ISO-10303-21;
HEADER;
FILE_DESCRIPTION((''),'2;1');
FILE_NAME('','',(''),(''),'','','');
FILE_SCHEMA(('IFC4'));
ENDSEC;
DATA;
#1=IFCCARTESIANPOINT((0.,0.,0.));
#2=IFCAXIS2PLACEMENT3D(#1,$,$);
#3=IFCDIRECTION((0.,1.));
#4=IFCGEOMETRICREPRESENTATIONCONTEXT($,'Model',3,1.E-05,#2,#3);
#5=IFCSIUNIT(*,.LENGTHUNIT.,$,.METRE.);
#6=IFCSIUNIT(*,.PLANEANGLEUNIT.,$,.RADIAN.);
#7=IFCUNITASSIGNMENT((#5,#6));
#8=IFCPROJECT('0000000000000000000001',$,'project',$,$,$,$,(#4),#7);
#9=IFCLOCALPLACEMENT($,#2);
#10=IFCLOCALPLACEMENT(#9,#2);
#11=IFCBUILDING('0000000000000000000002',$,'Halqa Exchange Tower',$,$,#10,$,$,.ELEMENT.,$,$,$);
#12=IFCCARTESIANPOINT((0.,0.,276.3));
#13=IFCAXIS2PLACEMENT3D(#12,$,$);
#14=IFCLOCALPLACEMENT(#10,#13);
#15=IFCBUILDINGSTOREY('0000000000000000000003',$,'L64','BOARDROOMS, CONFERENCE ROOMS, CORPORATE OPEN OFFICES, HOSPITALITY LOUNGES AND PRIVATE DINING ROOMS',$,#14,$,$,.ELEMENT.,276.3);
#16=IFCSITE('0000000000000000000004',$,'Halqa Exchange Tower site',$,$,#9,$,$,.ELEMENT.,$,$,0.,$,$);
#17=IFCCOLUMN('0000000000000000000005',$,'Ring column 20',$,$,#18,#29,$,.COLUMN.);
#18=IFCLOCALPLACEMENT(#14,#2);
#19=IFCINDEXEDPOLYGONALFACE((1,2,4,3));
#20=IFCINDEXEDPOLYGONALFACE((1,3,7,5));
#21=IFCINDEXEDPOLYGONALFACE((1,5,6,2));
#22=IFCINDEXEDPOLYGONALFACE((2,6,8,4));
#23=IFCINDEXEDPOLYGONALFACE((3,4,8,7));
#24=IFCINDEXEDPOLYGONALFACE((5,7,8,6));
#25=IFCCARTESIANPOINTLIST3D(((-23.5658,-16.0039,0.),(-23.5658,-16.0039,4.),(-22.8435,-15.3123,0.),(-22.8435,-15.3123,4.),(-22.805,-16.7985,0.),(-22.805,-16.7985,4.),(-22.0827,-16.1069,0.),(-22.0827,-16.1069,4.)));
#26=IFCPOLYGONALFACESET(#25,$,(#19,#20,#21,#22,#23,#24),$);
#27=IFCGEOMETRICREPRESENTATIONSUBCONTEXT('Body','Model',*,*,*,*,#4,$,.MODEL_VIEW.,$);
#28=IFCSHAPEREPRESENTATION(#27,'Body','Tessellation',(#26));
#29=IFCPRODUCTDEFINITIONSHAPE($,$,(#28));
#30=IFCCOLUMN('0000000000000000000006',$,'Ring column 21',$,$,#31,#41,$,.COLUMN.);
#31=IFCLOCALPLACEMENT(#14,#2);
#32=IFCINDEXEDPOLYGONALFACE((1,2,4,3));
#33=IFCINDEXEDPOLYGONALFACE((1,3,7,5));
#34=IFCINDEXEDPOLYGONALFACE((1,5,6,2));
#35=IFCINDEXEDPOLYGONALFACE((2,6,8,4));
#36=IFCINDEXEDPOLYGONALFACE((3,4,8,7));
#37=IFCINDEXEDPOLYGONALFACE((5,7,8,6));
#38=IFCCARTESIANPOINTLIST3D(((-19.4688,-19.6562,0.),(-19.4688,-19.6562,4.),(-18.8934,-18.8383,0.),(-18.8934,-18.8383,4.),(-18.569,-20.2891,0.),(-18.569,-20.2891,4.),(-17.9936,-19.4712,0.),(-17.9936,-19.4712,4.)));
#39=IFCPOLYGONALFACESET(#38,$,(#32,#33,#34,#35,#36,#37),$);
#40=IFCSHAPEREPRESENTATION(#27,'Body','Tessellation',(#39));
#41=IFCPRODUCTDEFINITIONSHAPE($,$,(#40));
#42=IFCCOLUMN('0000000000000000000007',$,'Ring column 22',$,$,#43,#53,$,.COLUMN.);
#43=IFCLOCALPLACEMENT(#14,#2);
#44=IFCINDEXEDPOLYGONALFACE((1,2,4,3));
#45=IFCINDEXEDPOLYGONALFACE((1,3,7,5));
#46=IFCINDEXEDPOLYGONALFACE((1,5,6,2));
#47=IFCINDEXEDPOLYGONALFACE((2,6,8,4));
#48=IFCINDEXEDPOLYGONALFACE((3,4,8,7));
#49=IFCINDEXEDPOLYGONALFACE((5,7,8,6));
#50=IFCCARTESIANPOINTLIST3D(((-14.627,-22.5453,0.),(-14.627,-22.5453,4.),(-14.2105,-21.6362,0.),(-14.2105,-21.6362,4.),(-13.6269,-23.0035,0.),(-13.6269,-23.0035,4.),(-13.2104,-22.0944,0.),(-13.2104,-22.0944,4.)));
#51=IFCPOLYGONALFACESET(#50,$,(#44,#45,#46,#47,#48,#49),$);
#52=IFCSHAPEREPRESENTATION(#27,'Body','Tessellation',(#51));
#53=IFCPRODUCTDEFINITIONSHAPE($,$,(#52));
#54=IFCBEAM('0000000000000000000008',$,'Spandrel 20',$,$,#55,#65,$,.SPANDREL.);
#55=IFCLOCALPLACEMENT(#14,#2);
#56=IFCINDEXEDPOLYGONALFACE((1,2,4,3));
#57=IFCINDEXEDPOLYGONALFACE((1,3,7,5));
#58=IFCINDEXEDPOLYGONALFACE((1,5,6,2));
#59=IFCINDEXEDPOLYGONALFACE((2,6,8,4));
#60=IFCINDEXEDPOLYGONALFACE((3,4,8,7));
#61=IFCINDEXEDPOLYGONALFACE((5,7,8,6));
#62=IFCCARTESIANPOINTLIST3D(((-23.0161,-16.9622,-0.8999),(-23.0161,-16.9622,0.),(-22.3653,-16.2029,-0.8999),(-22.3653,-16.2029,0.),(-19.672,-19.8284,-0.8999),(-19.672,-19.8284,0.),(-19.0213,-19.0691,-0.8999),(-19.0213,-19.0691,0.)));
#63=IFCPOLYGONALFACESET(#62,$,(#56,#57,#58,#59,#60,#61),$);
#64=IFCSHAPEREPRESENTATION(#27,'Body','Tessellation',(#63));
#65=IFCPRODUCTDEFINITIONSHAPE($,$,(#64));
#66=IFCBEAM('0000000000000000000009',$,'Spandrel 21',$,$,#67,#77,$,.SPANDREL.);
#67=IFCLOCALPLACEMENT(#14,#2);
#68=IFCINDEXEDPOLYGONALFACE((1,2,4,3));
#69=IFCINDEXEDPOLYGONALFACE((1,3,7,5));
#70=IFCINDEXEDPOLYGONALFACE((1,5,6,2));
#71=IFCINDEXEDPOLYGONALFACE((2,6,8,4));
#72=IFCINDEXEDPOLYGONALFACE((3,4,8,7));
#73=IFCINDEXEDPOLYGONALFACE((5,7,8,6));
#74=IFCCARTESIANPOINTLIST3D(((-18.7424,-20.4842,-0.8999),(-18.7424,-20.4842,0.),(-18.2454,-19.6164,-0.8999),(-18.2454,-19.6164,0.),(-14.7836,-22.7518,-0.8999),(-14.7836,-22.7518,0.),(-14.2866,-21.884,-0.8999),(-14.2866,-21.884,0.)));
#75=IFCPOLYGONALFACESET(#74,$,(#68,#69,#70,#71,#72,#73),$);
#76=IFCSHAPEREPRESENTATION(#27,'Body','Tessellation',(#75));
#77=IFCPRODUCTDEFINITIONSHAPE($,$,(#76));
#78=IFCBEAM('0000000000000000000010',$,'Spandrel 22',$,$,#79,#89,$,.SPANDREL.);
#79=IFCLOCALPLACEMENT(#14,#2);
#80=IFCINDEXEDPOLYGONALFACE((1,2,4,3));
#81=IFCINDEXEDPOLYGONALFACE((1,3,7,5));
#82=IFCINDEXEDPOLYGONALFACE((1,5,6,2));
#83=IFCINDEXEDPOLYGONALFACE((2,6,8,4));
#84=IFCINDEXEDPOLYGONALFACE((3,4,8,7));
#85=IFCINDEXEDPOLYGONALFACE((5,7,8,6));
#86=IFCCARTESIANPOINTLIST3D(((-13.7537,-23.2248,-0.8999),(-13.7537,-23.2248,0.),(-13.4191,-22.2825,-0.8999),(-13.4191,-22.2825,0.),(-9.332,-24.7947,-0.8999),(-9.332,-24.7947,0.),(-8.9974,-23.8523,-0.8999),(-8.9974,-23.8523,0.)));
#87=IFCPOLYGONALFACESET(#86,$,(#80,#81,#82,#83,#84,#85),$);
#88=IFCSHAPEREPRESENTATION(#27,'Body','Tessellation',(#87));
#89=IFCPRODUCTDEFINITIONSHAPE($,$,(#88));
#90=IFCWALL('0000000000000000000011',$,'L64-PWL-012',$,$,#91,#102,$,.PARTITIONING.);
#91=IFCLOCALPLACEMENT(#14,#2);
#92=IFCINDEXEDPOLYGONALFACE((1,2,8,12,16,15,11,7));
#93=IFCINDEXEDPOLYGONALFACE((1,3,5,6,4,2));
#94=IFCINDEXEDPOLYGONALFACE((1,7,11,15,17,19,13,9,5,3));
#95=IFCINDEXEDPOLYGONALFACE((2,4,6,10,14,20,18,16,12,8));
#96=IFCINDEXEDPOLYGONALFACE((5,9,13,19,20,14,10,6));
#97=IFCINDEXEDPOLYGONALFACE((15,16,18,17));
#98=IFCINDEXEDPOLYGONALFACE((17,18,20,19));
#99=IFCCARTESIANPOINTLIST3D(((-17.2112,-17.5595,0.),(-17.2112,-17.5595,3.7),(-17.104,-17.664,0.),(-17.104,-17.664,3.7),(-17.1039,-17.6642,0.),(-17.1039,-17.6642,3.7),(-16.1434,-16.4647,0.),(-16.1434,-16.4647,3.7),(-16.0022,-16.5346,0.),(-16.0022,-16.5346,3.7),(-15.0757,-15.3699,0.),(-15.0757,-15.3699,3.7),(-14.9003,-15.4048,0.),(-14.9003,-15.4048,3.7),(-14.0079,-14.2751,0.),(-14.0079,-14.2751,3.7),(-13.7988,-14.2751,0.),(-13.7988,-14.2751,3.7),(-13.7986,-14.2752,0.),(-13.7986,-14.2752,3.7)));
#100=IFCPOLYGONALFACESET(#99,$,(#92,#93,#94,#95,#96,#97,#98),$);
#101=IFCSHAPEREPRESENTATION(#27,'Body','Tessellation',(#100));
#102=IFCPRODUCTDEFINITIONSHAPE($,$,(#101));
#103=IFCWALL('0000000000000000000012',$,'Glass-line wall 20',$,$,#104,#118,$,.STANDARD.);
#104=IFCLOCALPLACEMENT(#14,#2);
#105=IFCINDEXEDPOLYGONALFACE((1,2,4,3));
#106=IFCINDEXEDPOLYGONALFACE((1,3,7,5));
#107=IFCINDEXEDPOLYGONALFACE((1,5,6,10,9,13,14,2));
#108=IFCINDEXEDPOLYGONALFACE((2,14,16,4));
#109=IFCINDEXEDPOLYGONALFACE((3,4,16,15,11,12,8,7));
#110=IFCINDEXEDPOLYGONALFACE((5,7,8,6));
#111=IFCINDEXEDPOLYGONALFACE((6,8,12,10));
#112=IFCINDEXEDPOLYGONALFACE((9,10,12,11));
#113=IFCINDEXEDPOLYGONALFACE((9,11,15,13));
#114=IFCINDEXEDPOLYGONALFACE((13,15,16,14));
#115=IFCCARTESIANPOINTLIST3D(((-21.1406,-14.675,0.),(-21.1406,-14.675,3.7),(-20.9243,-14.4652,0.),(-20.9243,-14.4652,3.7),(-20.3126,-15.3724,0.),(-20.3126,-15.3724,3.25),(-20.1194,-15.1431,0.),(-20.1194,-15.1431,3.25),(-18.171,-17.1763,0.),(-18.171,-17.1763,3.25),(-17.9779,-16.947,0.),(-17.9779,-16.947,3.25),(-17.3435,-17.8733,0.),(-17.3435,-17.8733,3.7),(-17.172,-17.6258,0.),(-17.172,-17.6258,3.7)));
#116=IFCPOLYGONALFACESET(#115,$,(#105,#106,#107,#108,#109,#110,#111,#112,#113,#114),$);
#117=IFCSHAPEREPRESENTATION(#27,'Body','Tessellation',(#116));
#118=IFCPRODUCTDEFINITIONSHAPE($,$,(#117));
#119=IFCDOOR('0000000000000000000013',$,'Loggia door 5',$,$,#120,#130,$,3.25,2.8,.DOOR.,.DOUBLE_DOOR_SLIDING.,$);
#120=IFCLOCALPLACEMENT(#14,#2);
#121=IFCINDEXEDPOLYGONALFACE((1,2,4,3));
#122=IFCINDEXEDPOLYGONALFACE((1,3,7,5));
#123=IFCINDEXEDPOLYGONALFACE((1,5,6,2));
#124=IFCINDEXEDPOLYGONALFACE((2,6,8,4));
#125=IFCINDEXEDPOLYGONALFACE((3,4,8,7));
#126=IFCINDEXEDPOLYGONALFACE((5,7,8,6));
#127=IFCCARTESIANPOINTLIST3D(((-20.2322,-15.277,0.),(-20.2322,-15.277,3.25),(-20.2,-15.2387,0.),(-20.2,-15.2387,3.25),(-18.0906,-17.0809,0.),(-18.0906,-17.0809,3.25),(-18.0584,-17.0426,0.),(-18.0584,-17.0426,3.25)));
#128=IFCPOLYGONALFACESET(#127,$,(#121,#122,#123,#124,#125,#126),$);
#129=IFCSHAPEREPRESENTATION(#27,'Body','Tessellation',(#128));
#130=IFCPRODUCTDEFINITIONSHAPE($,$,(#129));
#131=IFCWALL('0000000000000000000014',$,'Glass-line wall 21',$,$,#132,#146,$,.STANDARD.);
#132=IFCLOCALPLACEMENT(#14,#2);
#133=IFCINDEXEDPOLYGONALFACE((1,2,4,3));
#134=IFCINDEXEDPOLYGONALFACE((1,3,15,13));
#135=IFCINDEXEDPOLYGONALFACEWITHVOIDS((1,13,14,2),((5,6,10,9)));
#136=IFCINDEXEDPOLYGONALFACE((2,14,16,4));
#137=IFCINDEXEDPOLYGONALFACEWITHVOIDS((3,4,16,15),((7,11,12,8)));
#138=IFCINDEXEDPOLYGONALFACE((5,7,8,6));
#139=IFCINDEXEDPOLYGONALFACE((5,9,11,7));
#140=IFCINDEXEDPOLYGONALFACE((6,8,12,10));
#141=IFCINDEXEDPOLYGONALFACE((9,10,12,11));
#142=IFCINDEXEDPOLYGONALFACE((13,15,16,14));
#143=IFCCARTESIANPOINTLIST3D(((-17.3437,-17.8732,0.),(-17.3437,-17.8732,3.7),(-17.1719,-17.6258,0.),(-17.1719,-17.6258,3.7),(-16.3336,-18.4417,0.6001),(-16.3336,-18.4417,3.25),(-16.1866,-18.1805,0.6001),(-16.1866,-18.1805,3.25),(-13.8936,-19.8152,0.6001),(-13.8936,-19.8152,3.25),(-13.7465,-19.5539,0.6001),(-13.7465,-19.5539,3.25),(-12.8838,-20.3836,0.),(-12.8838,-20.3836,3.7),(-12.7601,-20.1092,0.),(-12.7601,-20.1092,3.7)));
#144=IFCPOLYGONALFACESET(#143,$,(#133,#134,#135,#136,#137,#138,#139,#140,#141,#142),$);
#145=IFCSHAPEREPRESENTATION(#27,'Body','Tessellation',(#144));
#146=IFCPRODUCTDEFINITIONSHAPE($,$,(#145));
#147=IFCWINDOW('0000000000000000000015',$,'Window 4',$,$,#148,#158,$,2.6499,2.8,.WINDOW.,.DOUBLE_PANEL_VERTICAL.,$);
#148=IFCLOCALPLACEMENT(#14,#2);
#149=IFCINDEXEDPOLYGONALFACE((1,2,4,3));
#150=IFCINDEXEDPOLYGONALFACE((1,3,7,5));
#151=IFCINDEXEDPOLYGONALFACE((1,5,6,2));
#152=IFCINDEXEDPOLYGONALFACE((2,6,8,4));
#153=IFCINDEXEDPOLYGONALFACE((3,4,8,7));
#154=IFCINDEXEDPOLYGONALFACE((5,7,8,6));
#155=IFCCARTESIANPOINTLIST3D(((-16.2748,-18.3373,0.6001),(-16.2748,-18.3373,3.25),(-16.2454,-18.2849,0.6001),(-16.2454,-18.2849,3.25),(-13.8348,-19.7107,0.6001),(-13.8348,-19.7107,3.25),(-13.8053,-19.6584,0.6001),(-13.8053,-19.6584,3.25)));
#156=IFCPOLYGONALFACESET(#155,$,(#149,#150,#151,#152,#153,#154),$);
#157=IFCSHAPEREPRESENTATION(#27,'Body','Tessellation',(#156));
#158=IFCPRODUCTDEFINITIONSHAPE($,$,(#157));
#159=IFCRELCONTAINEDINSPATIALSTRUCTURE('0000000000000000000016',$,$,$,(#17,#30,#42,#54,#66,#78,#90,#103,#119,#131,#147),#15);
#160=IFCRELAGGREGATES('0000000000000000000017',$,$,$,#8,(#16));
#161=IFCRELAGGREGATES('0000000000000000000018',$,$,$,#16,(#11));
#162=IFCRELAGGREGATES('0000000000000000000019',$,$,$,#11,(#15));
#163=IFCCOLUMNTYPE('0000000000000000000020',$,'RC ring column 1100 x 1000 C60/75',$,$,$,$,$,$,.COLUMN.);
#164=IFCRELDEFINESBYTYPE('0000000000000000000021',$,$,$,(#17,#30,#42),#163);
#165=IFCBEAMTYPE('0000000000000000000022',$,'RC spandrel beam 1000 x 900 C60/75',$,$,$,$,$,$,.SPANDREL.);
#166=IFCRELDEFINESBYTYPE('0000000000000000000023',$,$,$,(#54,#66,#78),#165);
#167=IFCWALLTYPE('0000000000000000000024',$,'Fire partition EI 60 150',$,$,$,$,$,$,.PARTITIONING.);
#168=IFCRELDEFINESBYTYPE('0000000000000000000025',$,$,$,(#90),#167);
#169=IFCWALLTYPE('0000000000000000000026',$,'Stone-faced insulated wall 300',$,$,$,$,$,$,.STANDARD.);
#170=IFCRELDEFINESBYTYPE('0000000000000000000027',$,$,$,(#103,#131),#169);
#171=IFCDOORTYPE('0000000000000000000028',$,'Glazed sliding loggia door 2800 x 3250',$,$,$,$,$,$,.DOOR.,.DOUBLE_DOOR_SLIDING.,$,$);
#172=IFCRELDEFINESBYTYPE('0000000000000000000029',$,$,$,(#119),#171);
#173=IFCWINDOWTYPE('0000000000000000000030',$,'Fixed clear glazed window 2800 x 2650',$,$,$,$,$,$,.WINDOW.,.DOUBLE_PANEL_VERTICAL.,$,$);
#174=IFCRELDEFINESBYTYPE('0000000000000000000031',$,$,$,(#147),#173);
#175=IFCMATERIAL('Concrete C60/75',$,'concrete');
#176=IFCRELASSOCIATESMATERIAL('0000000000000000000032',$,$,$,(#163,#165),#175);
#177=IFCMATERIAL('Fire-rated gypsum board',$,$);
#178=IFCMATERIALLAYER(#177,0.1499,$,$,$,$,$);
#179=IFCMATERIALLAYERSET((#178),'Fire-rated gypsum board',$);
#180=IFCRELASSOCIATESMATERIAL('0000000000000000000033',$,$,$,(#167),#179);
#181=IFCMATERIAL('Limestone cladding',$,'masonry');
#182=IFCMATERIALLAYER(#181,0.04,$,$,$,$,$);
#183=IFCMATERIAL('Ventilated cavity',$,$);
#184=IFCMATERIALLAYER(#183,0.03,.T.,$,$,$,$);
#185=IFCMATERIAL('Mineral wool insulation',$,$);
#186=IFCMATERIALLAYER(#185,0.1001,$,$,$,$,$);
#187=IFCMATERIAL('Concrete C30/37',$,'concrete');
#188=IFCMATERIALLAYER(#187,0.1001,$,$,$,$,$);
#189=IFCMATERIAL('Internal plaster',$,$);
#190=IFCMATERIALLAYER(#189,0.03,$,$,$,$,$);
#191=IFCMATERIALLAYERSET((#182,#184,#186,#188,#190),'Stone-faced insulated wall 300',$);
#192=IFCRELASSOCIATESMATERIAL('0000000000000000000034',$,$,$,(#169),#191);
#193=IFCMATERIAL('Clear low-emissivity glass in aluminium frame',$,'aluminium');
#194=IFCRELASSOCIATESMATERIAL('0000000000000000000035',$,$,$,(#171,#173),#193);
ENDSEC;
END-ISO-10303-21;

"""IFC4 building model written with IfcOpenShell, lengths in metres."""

from ifc_helpers import new_model, si_unit, direction, frame, frame_2d, origin, origin_2d, place, context, subcontext, project, spatial, polyline, rectangle, outline, extrude, material, layer, layer_set, material_profile, profile_set, type_object, element, fill, save


model = new_model("IFC4")

# Units and contexts
model_context = context("Model", 3, precision=1e-05, world=origin(), true_north=direction((0.0, 1.0)))
body_context = subcontext(model_context, "Body", "Model", "MODEL_VIEW")
ifc_project = project(units=[si_unit("LENGTHUNIT", "METRE"), si_unit("PLANEANGLEUNIT", "RADIAN")], contexts=[model_context])

# Site, building, storey
site_placement = place(None, origin())
site = spatial("IfcSite", under=ifc_project, at=site_placement, Name="Halqa Exchange Tower site", CompositionType="ELEMENT", RefElevation=0.0)
building_placement = place(site_placement, origin())
building = spatial("IfcBuilding", under=site, at=building_placement, Name="Halqa Exchange Tower", CompositionType="ELEMENT")
storey_placement = place(building_placement, frame((0.0, 0.0, 276.3)))
storey = spatial("IfcBuildingStorey", under=building, at=storey_placement, Name="L64", Description="BOARDROOMS, CONFERENCE ROOMS, CORPORATE OPEN OFFICES, HOSPITALITY LOUNGES AND PRIVATE DINING ROOMS", CompositionType="ELEMENT", Elevation=276.3)

# Columns
ifc_material_1 = material(Name="Concrete C60/75", Category="concrete")
ifc_material_profile_1 = material_profile(ifc_material_1, rectangle(XDim=1.1001, YDim=1.0, at=origin_2d()), Name="1100 x 1000")
ifc_profile_set_1 = profile_set([ifc_material_profile_1], Name="Concrete C60/75")
column_type = type_object("IfcColumnType", Name="RC ring column 1100 x 1000 C60/75", PredefinedType="COLUMN", material=ifc_profile_set_1)
for number, where, z_axis, x_axis, name in (
    (1, (-22.8242, -16.0554, 0.0), (0.0, 0.0, 1.0), (0.691577, -0.722302, 0.0), "Ring column 20"),
    (2, (-18.7312, -19.5637, 0.0), (0.0, 0.0, 1.0), (0.817907, -0.575351, 0.0), "Ring column 21"),
    (3, (-13.9187, -22.3198, 0.0), (0.0, 0.0, 1.0), (0.909129, -0.416514, 0.0), "Ring column 22"),
):
    element("IfcColumn", number, at=place(storey_placement, frame(where, z_axis=z_axis, x_axis=x_axis)), inside=storey, type_object=column_type, Name=name, PredefinedType="COLUMN", context=body_context, shape_type="SweptSolid", body=[
        extrude(rectangle(XDim=1.1001, YDim=1.0, at=origin_2d()), origin(), (0.0, 0.0, 1.0), 4.0),
    ])

# Beams
ifc_material_profile_2 = material_profile(ifc_material_1, rectangle(XDim=1.0, YDim=0.8999, at=origin_2d()), Name="1000 x 900")
ifc_profile_set_2 = profile_set([ifc_material_profile_2], Name="Concrete C60/75")
beam_type = type_object("IfcBeamType", Name="RC spandrel beam 1000 x 900 C60/75", PredefinedType="SPANDREL", material=ifc_profile_set_2)
beam_1_placement = place(storey_placement, frame((-22.6907, -16.5825, -0.45), z_axis=(0.759264, -0.650782, 0.0), x_axis=(0.650782, 0.759264, 0.0)))
element("IfcBeam", 4, at=beam_1_placement, inside=storey, type_object=beam_type, Name="Spandrel 20", PredefinedType="SPANDREL", context=body_context, shape_type="SweptSolid", body=[
    extrude(rectangle(XDim=1.0, YDim=0.8999, at=origin_2d()), origin(), (0.0, 0.0, 1.0), 4.4043),
])
beam_2_placement = place(storey_placement, frame((-18.4939, -20.0503, -0.45), z_axis=(0.867729, -0.497038, 0.0), x_axis=(0.497038, 0.867729, 0.0)))
element("IfcBeam", 5, at=beam_2_placement, inside=storey, type_object=beam_type, Name="Spandrel 21", PredefinedType="SPANDREL", context=body_context, shape_type="SweptSolid", body=[
    extrude(rectangle(XDim=1.0, YDim=0.8999, at=origin_2d()), origin(), (0.0, 0.0, 1.0), 4.5623),
])
beam_3_placement = place(storey_placement, frame((-13.5864, -22.7537, -0.45), z_axis=(0.94237, -0.334572, 0.0), x_axis=(0.334572, 0.94237, 0.0)))
element("IfcBeam", 6, at=beam_3_placement, inside=storey, type_object=beam_type, Name="Spandrel 22", PredefinedType="SPANDREL", context=body_context, shape_type="SweptSolid", body=[
    extrude(rectangle(XDim=1.0, YDim=0.8999, at=origin_2d()), origin(), (0.0, 0.0, 1.0), 4.6921),
])

# Shared definitions
ifc_material_2 = material(Name="Fire-rated gypsum board")
ifc_layer_1 = layer(ifc_material_2, 0.1499)
ifc_layer_set_1 = layer_set([ifc_layer_1], Name="Fire-rated gypsum board")
wall_type_1 = type_object("IfcWallType", Name="Fire partition EI 60 150", PredefinedType="PARTITIONING", material=ifc_layer_set_1)

# Wall
wall_1_placement = place(storey_placement, frame((-13.8523, -14.2229, 0.0), z_axis=(0.0, 0.0, 1.0), x_axis=(-0.698207, -0.715896, 0.0)))
element("IfcWall", 7, at=wall_1_placement, inside=storey, type_object=wall_type_1, Name="L64-PWL-012", PredefinedType="PARTITIONING", context=body_context, shape_type="SweptSolid", body=[
    extrude(outline(polyline([(4.7339, -0.075), (4.7339, 0.0747), (4.7339, 0.075), (3.156, 0.075), (1.5779, 0.075), (0.0, 0.075), (0.0, 0.0747), (0.146, -0.075), (1.6753, -0.075), (3.2046, -0.075), (4.7339, -0.075)])), origin(), (0.0, 0.0, 1.0), 3.7),
])

# Wall, opening, door
ifc_material_3 = material(Name="Limestone cladding", Category="masonry")
ifc_layer_2 = layer(ifc_material_3, 0.04)
ifc_material_4 = material(Name="Ventilated cavity")
ifc_layer_3 = layer(ifc_material_4, 0.03, ventilated=True)
ifc_material_5 = material(Name="Mineral wool insulation")
ifc_layer_4 = layer(ifc_material_5, 0.1001)
ifc_material_6 = material(Name="Concrete C30/37", Category="concrete")
ifc_layer_5 = layer(ifc_material_6, 0.1001)
ifc_material_7 = material(Name="Internal plaster")
ifc_layer_6 = layer(ifc_material_7, 0.03)
ifc_layer_set_2 = layer_set([ifc_layer_2, ifc_layer_3, ifc_layer_4, ifc_layer_5, ifc_layer_6], Name="Stone-faced insulated wall 300")
wall_type_2 = type_object("IfcWallType", Name="Stone-faced insulated wall 300", PredefinedType="STANDARD", material=ifc_layer_set_2)
wall_2_placement = place(storey_placement, frame((-21.0325, -14.5701, 0.0), z_axis=(0.0, 0.0, 1.0), x_axis=(0.764833, -0.644229, 0.0)))
wall_2 = element("IfcWall", 8, at=wall_2_placement, inside=storey, type_object=wall_type_2, Name="Glass-line wall 20", PredefinedType="STANDARD", context=body_context, shape_type="SweptSolid", body=[
    extrude(outline(polyline([(-0.0151, -0.1499), (4.9495, -0.1499), (4.9211, 0.1499), (0.0151, 0.1499), (-0.0151, -0.1499)])), origin(), (0.0, 0.0, 1.0), 3.7),
])
opening_1_placement = place(wall_2_placement, frame((1.0676, 0.0, 0.0)))
opening_1 = element("IfcOpeningElement", 9, at=opening_1_placement, cuts=wall_2, PredefinedType="OPENING", context=body_context, shape_type="SweptSolid", body=[
    extrude(rectangle(XDim=2.8, YDim=3.25, at=frame_2d((1.3999, 1.625))), frame((0.0, 0.1621, 0.0), z_axis=(0.0, -1.0, 0.0), x_axis=(1.0, 0.0, 0.0)), (0.0, 0.0, 1.0), 0.324),
])
ifc_material_8 = material(Name="Clear low-emissivity glass in aluminium frame", Category="aluminium")
door_type_1 = type_object("IfcDoorType", Name="Glazed sliding loggia door 2800 x 3250", OperationType="DOUBLE_DOOR_SLIDING", PredefinedType="DOOR", material=ifc_material_8)
door_1_placement = place(opening_1_placement, origin())
door_1 = element("IfcDoor", 10, at=door_1_placement, inside=storey, type_object=door_type_1, Name="Loggia door 5", OperationType="DOUBLE_DOOR_SLIDING", OverallHeight=3.25, OverallWidth=2.8, PredefinedType="DOOR", context=body_context, shape_type="SweptSolid", body=[
    extrude(rectangle(XDim=2.8, YDim=3.25, at=frame_2d((1.3999, 1.625))), frame((0.0, 0.0249, 0.0), z_axis=(0.0, -1.0, 0.0), x_axis=(1.0, 0.0, 0.0)), (0.0, 0.0, 1.0), 0.05),
])
fill(opening_1, door_1)

# Wall, opening, window
wall_3_placement = place(storey_placement, frame((-17.2578, -17.7495, 0.0), z_axis=(0.0, 0.0, 1.0), x_axis=(0.871433, -0.490514, 0.0)))
wall_3 = element("IfcWall", 11, at=wall_3_placement, inside=storey, type_object=wall_type_2, Name="Glass-line wall 21", PredefinedType="STANDARD", context=body_context, shape_type="SweptSolid", body=[
    extrude(outline(polyline([(-0.0142, -0.1499), (5.1038, -0.1499), (5.0769, 0.1499), (0.0142, 0.1499), (-0.0142, -0.1499)])), origin(), (0.0, 0.0, 1.0), 3.7),
])
opening_2_placement = place(wall_3_placement, frame((1.145, 0.0, 0.6001)))
opening_2 = element("IfcOpeningElement", 12, at=opening_2_placement, cuts=wall_3, PredefinedType="OPENING", context=body_context, shape_type="SweptSolid", body=[
    extrude(rectangle(XDim=2.8, YDim=2.6499, at=frame_2d((1.3999, 1.325))), frame((0.0, 0.1621, 0.0), z_axis=(0.0, -1.0, 0.0), x_axis=(1.0, 0.0, 0.0)), (0.0, 0.0, 1.0), 0.324),
])
window_type = type_object("IfcWindowType", Name="Fixed clear glazed window 2800 x 2650", PartitioningType="DOUBLE_PANEL_VERTICAL", PredefinedType="WINDOW", material=ifc_material_8)
window_1_placement = place(opening_2_placement, origin())
window_1 = element("IfcWindow", 13, at=window_1_placement, inside=storey, type_object=window_type, Name="Window 4", OverallHeight=2.6499, OverallWidth=2.8, PartitioningType="DOUBLE_PANEL_VERTICAL", PredefinedType="WINDOW", context=body_context, shape_type="SweptSolid", body=[
    extrude(rectangle(XDim=2.8, YDim=2.6499, at=frame_2d((1.3999, 1.325))), frame((0.0, 0.03, 0.0), z_axis=(0.0, -1.0, 0.0), x_axis=(1.0, 0.0, 0.0)), (0.0, 0.0, 1.0), 0.0601),
])
fill(opening_2, window_1)

save(model, "model.ifc")
